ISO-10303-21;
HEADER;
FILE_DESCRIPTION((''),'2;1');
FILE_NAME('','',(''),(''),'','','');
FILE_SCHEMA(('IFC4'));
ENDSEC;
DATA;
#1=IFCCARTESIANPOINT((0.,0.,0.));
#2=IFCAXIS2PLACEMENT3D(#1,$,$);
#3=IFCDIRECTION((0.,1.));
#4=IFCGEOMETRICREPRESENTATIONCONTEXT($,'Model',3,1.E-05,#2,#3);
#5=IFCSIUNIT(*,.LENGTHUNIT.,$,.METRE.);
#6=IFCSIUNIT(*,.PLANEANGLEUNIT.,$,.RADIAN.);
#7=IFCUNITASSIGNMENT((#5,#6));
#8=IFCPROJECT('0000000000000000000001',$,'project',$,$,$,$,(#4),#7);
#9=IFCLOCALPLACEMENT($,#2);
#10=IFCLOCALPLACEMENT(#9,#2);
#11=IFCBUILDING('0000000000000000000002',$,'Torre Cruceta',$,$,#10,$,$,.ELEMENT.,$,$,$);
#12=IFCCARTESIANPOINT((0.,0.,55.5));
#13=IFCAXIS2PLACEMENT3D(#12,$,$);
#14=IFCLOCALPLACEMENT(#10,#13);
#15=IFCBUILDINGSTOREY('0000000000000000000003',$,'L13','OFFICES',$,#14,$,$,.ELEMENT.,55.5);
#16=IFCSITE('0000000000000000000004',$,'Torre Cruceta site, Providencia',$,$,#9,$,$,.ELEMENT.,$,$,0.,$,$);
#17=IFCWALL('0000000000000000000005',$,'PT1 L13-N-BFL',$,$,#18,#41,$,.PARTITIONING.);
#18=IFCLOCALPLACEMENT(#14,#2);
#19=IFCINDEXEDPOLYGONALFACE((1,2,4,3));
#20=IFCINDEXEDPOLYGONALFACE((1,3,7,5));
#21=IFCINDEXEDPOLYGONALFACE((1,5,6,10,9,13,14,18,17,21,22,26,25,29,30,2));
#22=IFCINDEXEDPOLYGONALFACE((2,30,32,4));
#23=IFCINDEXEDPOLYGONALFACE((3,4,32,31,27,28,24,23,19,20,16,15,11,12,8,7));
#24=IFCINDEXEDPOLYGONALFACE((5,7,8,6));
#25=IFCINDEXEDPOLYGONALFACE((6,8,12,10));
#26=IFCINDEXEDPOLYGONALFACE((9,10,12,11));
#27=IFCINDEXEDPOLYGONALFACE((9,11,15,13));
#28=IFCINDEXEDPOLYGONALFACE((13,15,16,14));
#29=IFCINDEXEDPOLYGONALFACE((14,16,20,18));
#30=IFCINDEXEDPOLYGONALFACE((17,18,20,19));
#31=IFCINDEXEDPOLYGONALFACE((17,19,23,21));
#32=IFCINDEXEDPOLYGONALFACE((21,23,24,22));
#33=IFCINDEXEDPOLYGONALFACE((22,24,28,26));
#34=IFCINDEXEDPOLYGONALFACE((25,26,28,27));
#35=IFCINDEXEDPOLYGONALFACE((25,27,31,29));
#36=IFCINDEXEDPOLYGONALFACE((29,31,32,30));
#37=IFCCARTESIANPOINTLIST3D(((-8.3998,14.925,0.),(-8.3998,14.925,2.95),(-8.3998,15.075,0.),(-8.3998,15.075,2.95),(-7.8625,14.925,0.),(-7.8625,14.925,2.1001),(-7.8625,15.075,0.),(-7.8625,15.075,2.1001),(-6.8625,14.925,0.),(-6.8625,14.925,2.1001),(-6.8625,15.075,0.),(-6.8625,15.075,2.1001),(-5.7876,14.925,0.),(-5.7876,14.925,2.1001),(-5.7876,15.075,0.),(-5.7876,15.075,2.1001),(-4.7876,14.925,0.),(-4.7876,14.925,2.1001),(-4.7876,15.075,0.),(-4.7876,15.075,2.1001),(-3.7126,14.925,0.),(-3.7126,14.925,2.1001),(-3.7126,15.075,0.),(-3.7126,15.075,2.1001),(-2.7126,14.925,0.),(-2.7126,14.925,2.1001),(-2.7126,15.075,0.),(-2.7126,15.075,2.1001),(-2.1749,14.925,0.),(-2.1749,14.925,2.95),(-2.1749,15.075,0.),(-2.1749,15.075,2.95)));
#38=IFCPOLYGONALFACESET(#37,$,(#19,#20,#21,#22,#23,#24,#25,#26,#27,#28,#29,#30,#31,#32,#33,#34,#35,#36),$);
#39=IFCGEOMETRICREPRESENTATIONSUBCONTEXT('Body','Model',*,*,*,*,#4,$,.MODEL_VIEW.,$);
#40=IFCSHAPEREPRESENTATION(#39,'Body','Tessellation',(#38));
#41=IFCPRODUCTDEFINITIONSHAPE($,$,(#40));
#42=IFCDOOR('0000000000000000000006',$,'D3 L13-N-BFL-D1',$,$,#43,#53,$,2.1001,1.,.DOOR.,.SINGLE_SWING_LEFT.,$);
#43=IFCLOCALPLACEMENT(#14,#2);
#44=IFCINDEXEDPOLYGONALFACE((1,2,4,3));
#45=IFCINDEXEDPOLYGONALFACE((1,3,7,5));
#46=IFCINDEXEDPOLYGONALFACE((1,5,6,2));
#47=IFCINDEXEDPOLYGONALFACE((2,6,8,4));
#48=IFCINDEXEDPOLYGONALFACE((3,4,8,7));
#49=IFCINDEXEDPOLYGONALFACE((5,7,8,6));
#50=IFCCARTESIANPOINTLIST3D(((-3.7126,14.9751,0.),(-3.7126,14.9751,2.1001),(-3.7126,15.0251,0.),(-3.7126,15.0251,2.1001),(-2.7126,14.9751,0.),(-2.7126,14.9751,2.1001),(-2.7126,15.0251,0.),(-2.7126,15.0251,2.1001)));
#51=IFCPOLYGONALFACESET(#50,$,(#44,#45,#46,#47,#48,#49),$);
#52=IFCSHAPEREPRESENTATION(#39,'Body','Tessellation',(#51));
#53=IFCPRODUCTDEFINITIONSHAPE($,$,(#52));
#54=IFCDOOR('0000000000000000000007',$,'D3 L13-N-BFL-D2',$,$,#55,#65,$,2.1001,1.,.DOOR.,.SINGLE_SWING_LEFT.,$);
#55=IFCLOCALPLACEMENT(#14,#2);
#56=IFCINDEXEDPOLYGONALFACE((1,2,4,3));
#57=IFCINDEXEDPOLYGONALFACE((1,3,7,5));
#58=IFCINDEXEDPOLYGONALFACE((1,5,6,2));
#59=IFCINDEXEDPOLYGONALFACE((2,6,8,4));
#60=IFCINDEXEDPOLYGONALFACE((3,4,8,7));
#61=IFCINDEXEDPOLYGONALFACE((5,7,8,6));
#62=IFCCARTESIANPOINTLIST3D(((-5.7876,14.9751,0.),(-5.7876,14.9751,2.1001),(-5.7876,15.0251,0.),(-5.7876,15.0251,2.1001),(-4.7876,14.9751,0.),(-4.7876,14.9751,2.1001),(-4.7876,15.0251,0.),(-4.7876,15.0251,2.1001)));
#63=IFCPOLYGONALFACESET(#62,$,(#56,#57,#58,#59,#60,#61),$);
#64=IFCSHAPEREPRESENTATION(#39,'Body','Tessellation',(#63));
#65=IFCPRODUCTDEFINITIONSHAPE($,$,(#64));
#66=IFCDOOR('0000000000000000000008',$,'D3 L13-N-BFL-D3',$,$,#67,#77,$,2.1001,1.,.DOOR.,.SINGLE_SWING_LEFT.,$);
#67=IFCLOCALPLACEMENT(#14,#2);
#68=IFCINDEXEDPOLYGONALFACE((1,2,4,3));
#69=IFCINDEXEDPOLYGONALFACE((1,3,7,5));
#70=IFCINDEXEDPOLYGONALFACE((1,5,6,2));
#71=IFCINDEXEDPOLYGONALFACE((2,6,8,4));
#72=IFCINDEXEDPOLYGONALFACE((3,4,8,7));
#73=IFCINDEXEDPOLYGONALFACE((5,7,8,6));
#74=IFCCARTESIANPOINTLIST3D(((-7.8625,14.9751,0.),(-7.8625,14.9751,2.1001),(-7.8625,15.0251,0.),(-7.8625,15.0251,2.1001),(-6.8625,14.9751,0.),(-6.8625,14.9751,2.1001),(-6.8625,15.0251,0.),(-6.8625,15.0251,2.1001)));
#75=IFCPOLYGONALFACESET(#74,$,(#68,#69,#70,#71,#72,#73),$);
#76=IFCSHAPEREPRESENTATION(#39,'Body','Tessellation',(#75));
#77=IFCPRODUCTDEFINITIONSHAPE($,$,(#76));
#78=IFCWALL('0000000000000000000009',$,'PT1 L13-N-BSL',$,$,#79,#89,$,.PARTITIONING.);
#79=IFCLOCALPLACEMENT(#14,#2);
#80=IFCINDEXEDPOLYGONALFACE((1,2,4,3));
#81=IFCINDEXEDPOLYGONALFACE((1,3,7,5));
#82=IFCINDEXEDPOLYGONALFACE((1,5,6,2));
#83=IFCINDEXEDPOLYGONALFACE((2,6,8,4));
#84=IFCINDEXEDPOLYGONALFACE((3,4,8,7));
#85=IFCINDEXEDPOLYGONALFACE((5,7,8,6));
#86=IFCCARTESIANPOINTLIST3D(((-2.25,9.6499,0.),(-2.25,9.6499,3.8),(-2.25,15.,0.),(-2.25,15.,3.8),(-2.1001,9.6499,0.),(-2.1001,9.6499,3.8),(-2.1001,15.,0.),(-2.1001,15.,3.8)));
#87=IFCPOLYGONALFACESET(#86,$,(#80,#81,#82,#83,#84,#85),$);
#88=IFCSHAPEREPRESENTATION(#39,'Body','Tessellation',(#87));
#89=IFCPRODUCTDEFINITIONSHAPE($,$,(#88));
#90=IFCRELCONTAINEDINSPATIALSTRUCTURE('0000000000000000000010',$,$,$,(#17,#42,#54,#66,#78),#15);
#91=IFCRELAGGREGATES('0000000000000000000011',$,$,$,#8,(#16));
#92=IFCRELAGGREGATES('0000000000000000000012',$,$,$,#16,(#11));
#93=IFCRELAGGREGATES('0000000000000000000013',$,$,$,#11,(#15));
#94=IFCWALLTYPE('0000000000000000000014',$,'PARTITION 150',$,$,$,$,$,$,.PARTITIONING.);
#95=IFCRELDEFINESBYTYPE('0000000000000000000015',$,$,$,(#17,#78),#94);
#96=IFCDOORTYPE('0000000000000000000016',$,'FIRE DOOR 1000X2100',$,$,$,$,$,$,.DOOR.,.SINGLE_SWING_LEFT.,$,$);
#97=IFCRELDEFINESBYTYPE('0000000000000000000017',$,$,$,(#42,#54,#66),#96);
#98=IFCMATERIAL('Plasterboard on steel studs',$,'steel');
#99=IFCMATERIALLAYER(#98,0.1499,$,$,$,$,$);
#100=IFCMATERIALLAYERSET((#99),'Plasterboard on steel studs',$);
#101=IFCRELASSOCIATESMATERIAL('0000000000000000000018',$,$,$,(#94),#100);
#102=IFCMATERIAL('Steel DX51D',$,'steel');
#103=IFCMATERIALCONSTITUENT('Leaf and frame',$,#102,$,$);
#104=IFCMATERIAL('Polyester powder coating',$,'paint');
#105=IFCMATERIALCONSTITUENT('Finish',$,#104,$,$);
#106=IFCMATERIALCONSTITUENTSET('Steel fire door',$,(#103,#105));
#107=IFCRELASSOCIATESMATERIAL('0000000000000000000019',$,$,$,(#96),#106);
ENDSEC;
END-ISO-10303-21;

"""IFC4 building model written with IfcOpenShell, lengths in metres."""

from ifc_helpers import new_model, si_unit, direction, frame, frame_2d, origin, place, context, subcontext, project, spatial, rectangle, extrude, material, layer, layer_set, constituent, constituent_set, type_object, element, fill, save


model = new_model("IFC4")

# Units and contexts
model_context = context("Model", 3, precision=1e-05, world=origin(), true_north=direction((0.0, 1.0)))
body_context = subcontext(model_context, "Body", "Model", "MODEL_VIEW")
ifc_project = project(units=[si_unit("LENGTHUNIT", "METRE"), si_unit("PLANEANGLEUNIT", "RADIAN")], contexts=[model_context])

# Site, building, storey
site_placement = place(None, origin())
site = spatial("IfcSite", under=ifc_project, at=site_placement, Name="Torre Cruceta site, Providencia", CompositionType="ELEMENT", RefElevation=0.0)
building_placement = place(site_placement, origin())
building = spatial("IfcBuilding", under=site, at=building_placement, Name="Torre Cruceta", CompositionType="ELEMENT")
storey_placement = place(building_placement, frame((0.0, 0.0, 55.5)))
storey = spatial("IfcBuildingStorey", under=building, at=storey_placement, Name="L13", Description="OFFICES", CompositionType="ELEMENT", Elevation=55.5)

# Wall, openings, doors
ifc_material_1 = material(Name="Plasterboard on steel studs", Category="steel")
ifc_layer_1 = layer(ifc_material_1, 0.1499)
ifc_layer_set_1 = layer_set([ifc_layer_1], Name="Plasterboard on steel studs")
wall_type_1 = type_object("IfcWallType", Name="PARTITION 150", PredefinedType="PARTITIONING", material=ifc_layer_set_1)
wall_1_placement = place(storey_placement, frame((-2.175, 15.0, 0.0), z_axis=(0.0, 0.0, 1.0), x_axis=(-1.0, 0.0, 0.0)))
wall_1 = element("IfcWall", 1, at=wall_1_placement, inside=storey, type_object=wall_type_1, Name="PT1 L13-N-BFL", PredefinedType="PARTITIONING", context=body_context, shape_type="SweptSolid", body=[
    extrude(rectangle(XDim=6.2249, YDim=0.1499, at=frame_2d((3.1123, 0.0))), origin(), (0.0, 0.0, 1.0), 2.95),
])
opening_1_placement = place(wall_1_placement, frame((0.5376, 0.0, 0.0)))
opening_1 = element("IfcOpeningElement", 2, at=opening_1_placement, cuts=wall_1, PredefinedType="OPENING", context=body_context, shape_type="SweptSolid", body=[
    extrude(rectangle(XDim=1.0, YDim=2.1001, at=frame_2d((0.5, 1.05))), frame((0.0, 0.085, 0.0), z_axis=(0.0, -1.0, 0.0), x_axis=(1.0, 0.0, 0.0)), (0.0, 0.0, 1.0), 0.1699),
])
opening_2_placement = place(wall_1_placement, frame((2.6125, 0.0, 0.0)))
opening_2 = element("IfcOpeningElement", 3, at=opening_2_placement, cuts=wall_1, PredefinedType="OPENING", context=body_context, shape_type="SweptSolid", body=[
    extrude(rectangle(XDim=1.0, YDim=2.1001, at=frame_2d((0.5, 1.05))), frame((0.0, 0.085, 0.0), z_axis=(0.0, -1.0, 0.0), x_axis=(1.0, 0.0, 0.0)), (0.0, 0.0, 1.0), 0.1699),
])
opening_3_placement = place(wall_1_placement, frame((4.6875, 0.0, 0.0)))
opening_3 = element("IfcOpeningElement", 4, at=opening_3_placement, cuts=wall_1, PredefinedType="OPENING", context=body_context, shape_type="SweptSolid", body=[
    extrude(rectangle(XDim=1.0, YDim=2.1001, at=frame_2d((0.5, 1.05))), frame((0.0, 0.085, 0.0), z_axis=(0.0, -1.0, 0.0), x_axis=(1.0, 0.0, 0.0)), (0.0, 0.0, 1.0), 0.1699),
])
ifc_material_2 = material(Name="Steel DX51D", Category="steel")
ifc_constituent_1 = constituent(ifc_material_2, Name="Leaf and frame")
ifc_material_3 = material(Name="Polyester powder coating", Category="paint")
ifc_constituent_2 = constituent(ifc_material_3, Name="Finish")
ifc_constituent_set_1 = constituent_set(constituents=[ifc_constituent_1, ifc_constituent_2], Name="Steel fire door")
door_type = type_object("IfcDoorType", Name="FIRE DOOR 1000X2100", OperationType="SINGLE_SWING_LEFT", PredefinedType="DOOR", material=ifc_constituent_set_1)
door_1_placement = place(opening_1_placement, origin())
door_1 = element("IfcDoor", 5, at=door_1_placement, inside=storey, type_object=door_type, Name="D3 L13-N-BFL-D1", OperationType="SINGLE_SWING_LEFT", OverallHeight=2.1001, OverallWidth=1.0, PredefinedType="DOOR", context=body_context, shape_type="SweptSolid", body=[
    extrude(rectangle(XDim=1.0, YDim=2.1001, at=frame_2d((0.5, 1.05))), frame((0.0, 0.0249, 0.0), z_axis=(0.0, -1.0, 0.0), x_axis=(1.0, 0.0, 0.0)), (0.0, 0.0, 1.0), 0.05),
])
fill(opening_1, door_1)
door_2_placement = place(opening_2_placement, origin())
door_2 = element("IfcDoor", 6, at=door_2_placement, inside=storey, type_object=door_type, Name="D3 L13-N-BFL-D2", OperationType="SINGLE_SWING_LEFT", OverallHeight=2.1001, OverallWidth=1.0, PredefinedType="DOOR", context=body_context, shape_type="SweptSolid", body=[
    extrude(rectangle(XDim=1.0, YDim=2.1001, at=frame_2d((0.5, 1.05))), frame((0.0, 0.0249, 0.0), z_axis=(0.0, -1.0, 0.0), x_axis=(1.0, 0.0, 0.0)), (0.0, 0.0, 1.0), 0.05),
])
fill(opening_2, door_2)
door_3_placement = place(opening_3_placement, origin())
door_3 = element("IfcDoor", 7, at=door_3_placement, inside=storey, type_object=door_type, Name="D3 L13-N-BFL-D3", OperationType="SINGLE_SWING_LEFT", OverallHeight=2.1001, OverallWidth=1.0, PredefinedType="DOOR", context=body_context, shape_type="SweptSolid", body=[
    extrude(rectangle(XDim=1.0, YDim=2.1001, at=frame_2d((0.5, 1.05))), frame((0.0, 0.0249, 0.0), z_axis=(0.0, -1.0, 0.0), x_axis=(1.0, 0.0, 0.0)), (0.0, 0.0, 1.0), 0.05),
])
fill(opening_3, door_3)

# Wall
wall_2_placement = place(storey_placement, frame((-2.175, 9.6499, 0.0), z_axis=(0.0, 0.0, 1.0), x_axis=(0.0, 1.0, 0.0)))
element("IfcWall", 8, at=wall_2_placement, inside=storey, type_object=wall_type_1, Name="PT1 L13-N-BSL", PredefinedType="PARTITIONING", context=body_context, shape_type="SweptSolid", body=[
    extrude(rectangle(XDim=5.3501, YDim=0.1499, at=frame_2d((2.675, 0.0))), origin(), (0.0, 0.0, 1.0), 3.8),
])

save(model, "model.ifc")
